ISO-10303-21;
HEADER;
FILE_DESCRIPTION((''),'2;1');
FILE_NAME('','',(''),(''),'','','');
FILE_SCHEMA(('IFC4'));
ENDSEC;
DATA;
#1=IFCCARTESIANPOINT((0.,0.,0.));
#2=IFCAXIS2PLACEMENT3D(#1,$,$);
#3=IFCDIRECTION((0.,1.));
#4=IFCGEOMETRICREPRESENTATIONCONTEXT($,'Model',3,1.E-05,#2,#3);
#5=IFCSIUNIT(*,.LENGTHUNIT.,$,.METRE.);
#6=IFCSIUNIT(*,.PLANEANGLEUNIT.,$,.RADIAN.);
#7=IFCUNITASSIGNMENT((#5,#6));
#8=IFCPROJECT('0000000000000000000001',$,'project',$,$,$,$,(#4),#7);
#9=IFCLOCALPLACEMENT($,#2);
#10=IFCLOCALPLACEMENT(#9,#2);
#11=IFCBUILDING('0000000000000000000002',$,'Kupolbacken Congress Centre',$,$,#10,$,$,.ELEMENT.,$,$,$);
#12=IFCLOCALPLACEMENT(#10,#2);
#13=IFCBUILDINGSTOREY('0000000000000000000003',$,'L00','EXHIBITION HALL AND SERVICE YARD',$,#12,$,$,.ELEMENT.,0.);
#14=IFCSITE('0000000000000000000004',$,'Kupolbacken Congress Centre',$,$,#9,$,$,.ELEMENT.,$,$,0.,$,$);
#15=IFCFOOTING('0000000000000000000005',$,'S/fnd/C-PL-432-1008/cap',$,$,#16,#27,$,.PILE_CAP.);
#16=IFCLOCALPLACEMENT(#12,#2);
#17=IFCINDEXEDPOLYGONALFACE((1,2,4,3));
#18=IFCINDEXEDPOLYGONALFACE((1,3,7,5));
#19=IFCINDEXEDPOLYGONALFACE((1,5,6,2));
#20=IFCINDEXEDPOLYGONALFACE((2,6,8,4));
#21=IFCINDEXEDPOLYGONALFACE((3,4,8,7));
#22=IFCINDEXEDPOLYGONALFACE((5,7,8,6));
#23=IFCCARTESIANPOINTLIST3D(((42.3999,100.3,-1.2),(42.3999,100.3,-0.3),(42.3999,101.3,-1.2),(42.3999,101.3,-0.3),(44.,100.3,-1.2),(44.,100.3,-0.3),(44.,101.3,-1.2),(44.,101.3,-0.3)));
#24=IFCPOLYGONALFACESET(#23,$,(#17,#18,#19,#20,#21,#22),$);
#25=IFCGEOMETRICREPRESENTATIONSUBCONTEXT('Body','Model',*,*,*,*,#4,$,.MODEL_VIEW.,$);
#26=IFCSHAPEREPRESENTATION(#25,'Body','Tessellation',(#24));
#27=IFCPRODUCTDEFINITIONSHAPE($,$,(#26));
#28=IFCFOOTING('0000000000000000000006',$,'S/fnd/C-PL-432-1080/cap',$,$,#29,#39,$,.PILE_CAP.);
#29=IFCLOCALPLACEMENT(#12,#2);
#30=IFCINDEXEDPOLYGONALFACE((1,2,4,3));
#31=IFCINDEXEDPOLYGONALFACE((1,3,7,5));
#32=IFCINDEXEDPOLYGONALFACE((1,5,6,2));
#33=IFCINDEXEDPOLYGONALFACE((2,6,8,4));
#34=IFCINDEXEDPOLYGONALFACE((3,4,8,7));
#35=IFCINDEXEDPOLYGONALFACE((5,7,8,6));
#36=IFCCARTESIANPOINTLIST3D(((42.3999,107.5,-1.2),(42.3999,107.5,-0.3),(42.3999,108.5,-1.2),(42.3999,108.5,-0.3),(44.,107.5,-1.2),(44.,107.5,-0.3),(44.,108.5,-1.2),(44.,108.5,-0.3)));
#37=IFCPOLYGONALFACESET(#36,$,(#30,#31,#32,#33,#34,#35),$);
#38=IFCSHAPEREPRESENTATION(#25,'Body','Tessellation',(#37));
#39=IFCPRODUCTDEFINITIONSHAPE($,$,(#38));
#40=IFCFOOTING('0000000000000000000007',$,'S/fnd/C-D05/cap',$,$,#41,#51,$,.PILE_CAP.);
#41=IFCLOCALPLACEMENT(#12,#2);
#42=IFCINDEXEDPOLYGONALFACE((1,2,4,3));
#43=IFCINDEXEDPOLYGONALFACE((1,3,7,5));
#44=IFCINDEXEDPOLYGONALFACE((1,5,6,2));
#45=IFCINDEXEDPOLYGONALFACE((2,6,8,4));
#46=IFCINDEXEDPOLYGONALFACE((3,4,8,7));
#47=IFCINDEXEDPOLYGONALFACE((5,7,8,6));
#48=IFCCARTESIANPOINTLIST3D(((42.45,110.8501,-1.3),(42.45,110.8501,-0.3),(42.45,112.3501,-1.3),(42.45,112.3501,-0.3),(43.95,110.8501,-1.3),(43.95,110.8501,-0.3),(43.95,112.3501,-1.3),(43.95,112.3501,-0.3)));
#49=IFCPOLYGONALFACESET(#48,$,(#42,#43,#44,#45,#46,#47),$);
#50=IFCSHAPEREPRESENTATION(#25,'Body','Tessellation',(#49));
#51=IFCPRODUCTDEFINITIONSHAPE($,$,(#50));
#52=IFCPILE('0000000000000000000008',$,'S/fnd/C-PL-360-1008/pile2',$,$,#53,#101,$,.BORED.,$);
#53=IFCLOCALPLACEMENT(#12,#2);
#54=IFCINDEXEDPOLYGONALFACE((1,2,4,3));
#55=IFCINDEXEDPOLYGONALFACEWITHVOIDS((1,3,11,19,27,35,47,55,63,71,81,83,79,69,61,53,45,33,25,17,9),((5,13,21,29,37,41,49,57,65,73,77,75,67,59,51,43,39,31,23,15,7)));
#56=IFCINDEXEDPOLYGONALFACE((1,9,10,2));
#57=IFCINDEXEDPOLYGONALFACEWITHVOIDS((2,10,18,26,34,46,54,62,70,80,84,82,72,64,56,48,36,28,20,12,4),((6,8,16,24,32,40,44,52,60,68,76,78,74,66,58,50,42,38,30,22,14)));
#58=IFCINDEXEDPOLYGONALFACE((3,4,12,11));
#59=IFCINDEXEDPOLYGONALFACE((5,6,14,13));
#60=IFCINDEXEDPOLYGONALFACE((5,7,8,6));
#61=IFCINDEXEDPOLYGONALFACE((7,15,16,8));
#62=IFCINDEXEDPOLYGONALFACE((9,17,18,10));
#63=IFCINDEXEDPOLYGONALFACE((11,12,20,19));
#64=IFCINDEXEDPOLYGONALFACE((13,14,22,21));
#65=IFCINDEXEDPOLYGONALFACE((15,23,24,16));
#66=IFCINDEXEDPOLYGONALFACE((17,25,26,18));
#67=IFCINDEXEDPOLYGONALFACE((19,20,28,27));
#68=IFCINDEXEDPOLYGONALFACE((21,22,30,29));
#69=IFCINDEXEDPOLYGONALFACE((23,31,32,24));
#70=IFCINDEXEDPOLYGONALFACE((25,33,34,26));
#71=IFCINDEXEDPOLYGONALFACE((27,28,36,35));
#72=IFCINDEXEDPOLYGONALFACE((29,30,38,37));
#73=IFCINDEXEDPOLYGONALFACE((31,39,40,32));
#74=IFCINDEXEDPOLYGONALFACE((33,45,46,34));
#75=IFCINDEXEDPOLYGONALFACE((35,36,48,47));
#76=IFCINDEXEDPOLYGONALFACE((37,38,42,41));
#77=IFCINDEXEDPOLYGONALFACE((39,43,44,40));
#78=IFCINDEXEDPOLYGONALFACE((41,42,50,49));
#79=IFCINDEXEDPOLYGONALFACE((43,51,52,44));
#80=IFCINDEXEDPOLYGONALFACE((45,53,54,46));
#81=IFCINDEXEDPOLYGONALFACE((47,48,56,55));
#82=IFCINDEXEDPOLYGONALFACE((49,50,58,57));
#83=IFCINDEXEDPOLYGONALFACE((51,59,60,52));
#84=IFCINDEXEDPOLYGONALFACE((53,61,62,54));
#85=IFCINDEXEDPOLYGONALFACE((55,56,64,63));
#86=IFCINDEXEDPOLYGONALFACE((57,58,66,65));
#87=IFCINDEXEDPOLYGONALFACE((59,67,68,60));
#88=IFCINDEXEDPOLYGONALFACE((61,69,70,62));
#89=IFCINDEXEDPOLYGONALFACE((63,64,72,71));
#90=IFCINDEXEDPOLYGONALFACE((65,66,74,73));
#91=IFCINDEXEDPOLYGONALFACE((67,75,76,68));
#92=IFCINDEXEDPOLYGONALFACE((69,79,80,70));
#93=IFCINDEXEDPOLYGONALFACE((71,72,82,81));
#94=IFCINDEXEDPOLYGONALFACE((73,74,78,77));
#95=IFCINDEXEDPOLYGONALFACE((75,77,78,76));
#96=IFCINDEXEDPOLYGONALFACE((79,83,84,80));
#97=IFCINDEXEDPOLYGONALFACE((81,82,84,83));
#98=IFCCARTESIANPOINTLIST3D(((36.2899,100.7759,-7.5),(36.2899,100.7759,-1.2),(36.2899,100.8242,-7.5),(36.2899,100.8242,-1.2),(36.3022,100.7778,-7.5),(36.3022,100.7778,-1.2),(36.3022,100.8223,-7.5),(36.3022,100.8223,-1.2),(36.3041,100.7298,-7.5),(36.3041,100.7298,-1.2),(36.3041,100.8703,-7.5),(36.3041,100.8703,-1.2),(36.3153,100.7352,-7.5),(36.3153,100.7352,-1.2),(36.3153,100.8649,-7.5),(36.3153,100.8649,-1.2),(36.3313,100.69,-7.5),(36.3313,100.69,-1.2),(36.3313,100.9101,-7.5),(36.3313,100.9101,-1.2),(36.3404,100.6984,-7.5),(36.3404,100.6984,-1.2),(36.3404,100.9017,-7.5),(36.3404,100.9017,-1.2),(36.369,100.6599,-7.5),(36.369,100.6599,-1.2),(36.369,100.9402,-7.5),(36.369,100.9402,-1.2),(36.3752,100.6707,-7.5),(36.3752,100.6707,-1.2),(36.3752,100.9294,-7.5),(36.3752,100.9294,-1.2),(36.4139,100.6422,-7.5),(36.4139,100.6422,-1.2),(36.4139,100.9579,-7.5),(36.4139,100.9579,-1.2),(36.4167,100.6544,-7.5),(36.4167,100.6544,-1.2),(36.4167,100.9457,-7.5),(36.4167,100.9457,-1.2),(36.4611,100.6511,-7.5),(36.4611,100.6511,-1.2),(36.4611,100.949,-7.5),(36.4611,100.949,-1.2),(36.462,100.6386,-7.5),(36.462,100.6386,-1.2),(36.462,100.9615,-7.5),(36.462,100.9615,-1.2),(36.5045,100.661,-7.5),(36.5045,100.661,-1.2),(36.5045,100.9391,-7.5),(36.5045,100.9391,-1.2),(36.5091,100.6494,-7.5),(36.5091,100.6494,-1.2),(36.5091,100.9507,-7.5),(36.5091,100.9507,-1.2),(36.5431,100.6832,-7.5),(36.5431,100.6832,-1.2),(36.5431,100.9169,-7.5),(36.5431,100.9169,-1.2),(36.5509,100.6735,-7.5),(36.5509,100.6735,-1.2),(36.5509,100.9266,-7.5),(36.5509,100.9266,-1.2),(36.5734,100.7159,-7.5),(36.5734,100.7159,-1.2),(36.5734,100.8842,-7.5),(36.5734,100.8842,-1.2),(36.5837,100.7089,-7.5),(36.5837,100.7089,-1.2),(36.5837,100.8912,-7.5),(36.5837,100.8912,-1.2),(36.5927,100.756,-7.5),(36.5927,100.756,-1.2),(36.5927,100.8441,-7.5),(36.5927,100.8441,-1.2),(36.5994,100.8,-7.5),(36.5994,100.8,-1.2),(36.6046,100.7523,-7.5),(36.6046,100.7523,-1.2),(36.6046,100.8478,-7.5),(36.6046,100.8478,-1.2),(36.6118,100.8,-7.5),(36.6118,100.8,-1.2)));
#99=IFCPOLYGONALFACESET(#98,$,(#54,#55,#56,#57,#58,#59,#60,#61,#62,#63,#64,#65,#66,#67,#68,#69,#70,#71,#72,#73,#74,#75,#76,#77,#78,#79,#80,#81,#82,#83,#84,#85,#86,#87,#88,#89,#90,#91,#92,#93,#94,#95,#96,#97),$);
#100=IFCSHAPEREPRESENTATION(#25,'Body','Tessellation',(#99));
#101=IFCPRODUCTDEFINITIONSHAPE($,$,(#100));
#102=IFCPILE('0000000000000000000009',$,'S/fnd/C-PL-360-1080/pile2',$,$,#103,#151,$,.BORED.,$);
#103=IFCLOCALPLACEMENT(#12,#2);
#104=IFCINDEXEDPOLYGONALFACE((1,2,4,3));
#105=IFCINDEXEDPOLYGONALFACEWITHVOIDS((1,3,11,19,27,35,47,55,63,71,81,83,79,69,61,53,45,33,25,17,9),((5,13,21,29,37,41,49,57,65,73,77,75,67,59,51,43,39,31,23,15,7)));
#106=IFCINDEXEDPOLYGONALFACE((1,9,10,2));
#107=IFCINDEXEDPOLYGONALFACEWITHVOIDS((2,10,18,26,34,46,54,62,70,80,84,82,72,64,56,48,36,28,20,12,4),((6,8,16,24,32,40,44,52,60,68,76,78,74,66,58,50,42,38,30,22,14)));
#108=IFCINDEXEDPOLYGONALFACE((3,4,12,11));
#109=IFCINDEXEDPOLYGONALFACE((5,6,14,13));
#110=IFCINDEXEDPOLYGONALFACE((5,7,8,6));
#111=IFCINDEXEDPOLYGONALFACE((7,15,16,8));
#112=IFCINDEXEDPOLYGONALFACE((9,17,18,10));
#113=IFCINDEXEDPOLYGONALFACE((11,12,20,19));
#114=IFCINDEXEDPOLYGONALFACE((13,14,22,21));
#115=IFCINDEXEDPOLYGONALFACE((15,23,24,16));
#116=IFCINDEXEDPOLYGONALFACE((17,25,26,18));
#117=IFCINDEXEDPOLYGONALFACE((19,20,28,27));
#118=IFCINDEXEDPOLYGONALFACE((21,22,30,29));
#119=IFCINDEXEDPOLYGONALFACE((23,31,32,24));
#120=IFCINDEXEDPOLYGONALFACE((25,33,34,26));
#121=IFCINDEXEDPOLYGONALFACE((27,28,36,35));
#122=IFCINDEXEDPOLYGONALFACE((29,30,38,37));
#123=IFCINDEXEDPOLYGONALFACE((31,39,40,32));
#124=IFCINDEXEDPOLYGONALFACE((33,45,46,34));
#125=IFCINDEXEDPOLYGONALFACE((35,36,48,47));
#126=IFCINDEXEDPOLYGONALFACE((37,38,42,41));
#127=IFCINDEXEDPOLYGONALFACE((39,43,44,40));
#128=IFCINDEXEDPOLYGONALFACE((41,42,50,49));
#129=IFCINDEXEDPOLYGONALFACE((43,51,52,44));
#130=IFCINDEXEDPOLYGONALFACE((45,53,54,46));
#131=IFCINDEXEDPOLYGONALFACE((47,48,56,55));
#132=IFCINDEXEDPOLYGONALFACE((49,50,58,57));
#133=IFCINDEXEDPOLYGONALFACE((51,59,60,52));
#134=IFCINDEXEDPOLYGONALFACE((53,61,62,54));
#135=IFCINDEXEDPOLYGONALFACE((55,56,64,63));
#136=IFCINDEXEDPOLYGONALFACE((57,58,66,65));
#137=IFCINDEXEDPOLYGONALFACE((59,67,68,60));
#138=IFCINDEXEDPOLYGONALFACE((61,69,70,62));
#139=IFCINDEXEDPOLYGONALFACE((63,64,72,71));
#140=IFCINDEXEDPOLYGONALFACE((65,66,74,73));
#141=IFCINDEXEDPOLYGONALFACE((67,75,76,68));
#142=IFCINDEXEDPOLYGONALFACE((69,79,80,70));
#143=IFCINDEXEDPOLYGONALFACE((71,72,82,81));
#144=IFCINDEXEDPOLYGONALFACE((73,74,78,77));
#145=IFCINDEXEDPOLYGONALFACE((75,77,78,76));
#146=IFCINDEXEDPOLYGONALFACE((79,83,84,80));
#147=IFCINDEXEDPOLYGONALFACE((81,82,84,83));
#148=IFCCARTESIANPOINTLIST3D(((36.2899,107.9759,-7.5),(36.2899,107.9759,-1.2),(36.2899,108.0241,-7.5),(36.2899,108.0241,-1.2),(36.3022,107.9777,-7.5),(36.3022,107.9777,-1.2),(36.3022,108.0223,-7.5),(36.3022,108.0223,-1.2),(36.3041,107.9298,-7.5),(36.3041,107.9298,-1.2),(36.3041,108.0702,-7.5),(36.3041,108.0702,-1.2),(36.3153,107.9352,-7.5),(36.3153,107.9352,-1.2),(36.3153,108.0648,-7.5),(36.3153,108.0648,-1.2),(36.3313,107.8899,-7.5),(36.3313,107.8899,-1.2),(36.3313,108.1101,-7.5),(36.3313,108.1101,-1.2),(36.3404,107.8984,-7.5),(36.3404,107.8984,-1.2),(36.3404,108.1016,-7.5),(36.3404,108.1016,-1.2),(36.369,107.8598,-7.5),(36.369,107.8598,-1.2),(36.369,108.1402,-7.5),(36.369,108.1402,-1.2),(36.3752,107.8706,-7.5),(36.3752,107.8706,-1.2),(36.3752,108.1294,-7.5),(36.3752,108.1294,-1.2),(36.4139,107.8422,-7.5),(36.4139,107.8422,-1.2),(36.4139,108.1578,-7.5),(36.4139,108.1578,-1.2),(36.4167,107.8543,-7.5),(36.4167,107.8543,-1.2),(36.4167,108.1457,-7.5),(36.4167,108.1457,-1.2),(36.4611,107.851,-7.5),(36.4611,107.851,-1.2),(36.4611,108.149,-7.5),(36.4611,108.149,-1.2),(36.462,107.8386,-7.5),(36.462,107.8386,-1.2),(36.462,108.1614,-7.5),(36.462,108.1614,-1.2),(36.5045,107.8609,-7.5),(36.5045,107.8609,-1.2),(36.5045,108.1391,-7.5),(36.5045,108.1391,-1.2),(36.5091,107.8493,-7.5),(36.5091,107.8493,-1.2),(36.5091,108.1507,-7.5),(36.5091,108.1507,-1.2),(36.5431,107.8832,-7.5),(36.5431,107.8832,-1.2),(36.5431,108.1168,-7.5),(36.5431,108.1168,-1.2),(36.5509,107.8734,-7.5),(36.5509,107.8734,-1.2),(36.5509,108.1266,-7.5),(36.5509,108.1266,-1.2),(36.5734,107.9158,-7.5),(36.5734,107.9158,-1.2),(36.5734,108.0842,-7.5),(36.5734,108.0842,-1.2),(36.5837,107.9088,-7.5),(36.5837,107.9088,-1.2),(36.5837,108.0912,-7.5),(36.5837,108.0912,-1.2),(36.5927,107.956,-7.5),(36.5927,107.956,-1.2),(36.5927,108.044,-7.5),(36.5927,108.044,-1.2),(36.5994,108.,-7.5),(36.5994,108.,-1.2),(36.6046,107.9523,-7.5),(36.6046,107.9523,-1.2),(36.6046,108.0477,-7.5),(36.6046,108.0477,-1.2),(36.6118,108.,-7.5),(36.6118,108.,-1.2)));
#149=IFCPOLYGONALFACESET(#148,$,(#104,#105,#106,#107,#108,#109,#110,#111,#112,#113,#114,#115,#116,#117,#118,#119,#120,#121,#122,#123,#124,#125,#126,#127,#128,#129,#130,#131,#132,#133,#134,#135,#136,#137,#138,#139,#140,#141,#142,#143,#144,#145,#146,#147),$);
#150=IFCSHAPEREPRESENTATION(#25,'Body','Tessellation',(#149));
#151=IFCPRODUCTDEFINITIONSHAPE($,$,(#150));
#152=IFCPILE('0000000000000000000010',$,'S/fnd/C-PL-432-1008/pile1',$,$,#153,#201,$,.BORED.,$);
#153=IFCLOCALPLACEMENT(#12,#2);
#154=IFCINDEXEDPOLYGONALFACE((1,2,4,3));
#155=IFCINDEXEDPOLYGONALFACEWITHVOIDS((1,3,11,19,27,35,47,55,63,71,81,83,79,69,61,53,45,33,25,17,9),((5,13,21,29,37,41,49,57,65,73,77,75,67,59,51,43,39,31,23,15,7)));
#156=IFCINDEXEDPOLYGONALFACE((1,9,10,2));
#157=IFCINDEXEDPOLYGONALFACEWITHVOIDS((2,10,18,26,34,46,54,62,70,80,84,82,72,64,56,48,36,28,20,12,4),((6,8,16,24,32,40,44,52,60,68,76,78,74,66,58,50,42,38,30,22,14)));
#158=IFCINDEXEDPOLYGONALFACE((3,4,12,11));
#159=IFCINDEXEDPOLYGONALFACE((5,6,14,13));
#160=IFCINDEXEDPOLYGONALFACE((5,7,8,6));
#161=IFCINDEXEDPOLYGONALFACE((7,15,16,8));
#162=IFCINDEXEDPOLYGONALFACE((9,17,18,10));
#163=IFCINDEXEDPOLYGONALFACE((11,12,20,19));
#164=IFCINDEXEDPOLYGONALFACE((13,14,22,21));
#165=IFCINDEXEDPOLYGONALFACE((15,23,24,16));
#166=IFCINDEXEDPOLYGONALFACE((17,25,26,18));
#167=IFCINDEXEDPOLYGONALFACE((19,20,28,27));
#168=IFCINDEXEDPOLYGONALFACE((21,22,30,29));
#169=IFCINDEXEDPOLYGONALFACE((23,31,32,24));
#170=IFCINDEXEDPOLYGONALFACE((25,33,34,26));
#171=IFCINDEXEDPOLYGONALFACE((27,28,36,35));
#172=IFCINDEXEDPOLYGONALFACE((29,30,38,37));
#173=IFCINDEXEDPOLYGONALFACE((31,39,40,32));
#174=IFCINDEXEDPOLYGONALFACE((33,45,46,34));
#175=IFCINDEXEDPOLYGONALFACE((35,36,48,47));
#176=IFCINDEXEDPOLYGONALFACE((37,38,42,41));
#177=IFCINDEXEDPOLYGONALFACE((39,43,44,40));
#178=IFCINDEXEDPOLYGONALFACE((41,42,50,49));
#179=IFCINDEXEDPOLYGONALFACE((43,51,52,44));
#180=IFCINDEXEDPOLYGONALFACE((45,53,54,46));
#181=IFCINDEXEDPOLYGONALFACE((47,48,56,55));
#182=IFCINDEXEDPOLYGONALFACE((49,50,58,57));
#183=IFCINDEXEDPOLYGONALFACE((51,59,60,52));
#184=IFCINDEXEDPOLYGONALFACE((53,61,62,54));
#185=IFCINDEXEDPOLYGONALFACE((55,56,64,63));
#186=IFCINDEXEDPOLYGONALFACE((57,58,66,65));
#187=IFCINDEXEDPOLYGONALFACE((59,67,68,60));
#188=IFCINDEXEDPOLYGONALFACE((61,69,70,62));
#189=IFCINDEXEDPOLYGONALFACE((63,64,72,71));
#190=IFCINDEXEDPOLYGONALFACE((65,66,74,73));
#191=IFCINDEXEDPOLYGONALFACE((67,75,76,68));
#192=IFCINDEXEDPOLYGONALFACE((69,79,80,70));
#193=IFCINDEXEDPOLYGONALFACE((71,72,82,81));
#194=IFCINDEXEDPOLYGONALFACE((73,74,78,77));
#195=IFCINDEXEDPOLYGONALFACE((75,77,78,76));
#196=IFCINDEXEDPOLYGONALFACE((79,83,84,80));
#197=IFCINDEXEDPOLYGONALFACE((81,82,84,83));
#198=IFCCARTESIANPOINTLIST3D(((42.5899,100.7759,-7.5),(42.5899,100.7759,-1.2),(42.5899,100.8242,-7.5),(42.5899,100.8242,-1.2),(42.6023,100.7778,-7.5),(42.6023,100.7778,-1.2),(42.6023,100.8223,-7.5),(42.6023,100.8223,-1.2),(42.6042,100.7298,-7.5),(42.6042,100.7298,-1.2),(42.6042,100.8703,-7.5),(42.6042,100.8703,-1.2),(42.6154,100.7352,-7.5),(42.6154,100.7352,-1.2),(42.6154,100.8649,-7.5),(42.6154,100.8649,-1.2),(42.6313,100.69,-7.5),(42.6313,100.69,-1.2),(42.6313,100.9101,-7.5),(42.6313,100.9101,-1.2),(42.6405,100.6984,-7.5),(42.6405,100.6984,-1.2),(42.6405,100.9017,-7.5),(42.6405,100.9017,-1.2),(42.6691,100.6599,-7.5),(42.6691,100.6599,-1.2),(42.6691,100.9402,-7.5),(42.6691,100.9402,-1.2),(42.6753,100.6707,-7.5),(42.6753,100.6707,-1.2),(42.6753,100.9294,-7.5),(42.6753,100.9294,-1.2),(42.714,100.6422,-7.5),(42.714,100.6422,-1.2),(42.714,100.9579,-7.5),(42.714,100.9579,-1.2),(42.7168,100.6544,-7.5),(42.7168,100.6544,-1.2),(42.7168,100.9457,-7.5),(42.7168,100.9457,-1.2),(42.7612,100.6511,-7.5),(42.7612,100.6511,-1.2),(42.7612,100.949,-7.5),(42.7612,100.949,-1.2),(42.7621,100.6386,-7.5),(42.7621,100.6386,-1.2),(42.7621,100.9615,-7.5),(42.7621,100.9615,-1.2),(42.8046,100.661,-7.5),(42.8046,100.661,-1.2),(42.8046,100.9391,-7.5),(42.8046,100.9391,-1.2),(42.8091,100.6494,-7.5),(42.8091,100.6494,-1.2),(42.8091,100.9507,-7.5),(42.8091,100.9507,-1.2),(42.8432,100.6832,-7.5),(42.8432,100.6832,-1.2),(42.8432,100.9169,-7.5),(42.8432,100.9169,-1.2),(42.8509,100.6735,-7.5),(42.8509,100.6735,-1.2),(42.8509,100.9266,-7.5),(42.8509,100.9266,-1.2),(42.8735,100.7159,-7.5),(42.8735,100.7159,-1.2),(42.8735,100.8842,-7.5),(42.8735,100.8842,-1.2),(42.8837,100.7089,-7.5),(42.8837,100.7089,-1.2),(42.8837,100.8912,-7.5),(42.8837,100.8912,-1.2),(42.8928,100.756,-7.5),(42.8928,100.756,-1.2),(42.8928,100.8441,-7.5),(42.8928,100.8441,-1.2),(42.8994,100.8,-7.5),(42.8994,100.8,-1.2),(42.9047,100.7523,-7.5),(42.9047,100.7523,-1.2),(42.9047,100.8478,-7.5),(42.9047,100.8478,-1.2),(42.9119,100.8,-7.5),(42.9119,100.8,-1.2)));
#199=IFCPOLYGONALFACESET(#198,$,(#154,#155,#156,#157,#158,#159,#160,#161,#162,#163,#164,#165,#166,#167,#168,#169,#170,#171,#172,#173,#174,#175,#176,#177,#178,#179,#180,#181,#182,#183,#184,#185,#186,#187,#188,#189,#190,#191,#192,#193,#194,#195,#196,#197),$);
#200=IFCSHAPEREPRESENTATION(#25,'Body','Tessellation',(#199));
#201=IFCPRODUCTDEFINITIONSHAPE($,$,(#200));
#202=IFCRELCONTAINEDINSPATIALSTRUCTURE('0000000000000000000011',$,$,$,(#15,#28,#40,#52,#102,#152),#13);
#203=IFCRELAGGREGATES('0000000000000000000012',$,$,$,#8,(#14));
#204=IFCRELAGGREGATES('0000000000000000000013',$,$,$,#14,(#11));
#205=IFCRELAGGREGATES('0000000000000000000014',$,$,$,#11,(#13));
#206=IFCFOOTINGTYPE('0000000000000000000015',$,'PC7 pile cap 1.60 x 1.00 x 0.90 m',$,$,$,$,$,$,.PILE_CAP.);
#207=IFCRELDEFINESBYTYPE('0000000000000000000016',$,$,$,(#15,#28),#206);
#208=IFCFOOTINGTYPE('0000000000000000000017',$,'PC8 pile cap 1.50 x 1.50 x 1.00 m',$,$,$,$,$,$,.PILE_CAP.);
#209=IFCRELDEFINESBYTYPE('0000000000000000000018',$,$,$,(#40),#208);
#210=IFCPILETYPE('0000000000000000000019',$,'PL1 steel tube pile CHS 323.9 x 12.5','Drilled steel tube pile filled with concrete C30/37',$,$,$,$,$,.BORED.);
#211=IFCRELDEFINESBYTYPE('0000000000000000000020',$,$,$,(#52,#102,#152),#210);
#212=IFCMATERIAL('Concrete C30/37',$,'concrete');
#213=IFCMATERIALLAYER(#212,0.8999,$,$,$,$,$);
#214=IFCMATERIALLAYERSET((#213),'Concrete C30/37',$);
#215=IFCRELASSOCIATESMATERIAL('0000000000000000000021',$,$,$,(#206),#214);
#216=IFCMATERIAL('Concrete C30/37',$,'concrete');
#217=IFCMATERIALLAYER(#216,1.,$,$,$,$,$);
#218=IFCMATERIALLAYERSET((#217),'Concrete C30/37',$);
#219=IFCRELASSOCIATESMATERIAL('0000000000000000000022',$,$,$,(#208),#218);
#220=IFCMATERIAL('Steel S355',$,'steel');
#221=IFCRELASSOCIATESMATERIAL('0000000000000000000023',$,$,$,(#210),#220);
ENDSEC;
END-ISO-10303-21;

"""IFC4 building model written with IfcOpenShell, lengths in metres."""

from ifc_helpers import new_model, si_unit, direction, frame, origin, origin_2d, place, context, subcontext, project, spatial, rectangle, hollow_circle, extrude, material, layer, layer_set, material_profile, profile_set, type_object, element, save


model = new_model("IFC4")

# Units and contexts
model_context = context("Model", 3, precision=1e-05, world=origin(), true_north=direction((0.0, 1.0)))
body_context = subcontext(model_context, "Body", "Model", "MODEL_VIEW")
ifc_project = project(units=[si_unit("LENGTHUNIT", "METRE"), si_unit("PLANEANGLEUNIT", "RADIAN")], contexts=[model_context])

# Site, building, storey
site_placement = place(None, origin())
site = spatial("IfcSite", under=ifc_project, at=site_placement, Name="Kupolbacken Congress Centre", CompositionType="ELEMENT", RefElevation=0.0)
building_placement = place(site_placement, origin())
building = spatial("IfcBuilding", under=site, at=building_placement, Name="Kupolbacken Congress Centre", CompositionType="ELEMENT")
storey_placement = place(building_placement, origin())
storey = spatial("IfcBuildingStorey", under=building, at=storey_placement, Name="L00", Description="EXHIBITION HALL AND SERVICE YARD", CompositionType="ELEMENT", Elevation=0.0)

# Footings
ifc_material_1 = material(Name="Concrete C30/37", Category="concrete")
ifc_layer_1 = layer(ifc_material_1, 0.8999)
ifc_layer_set_1 = layer_set([ifc_layer_1], Name="Concrete C30/37")
footing_type_1 = type_object("IfcFootingType", Name="PC7 pile cap 1.60 x 1.00 x 0.90 m", PredefinedType="PILE_CAP", material=ifc_layer_set_1)
for number, where, z_axis, x_axis, name in (
    (1, (43.2, 100.8, -1.2), (0.0, 0.0, 1.0), (1.0, 0.0, 0.0), "S/fnd/C-PL-432-1008/cap"),
    (2, (43.2, 108.0, -1.2), (0.0, 0.0, 1.0), (1.0, 0.0, 0.0), "S/fnd/C-PL-432-1080/cap"),
):
    element("IfcFooting", number, at=place(storey_placement, frame(where, z_axis=z_axis, x_axis=x_axis)), inside=storey, type_object=footing_type_1, Name=name, PredefinedType="PILE_CAP", context=body_context, shape_type="SweptSolid", body=[
        extrude(rectangle(XDim=1.6001, YDim=1.0, at=origin_2d()), origin(), (0.0, 0.0, 1.0), 0.8999),
    ])
ifc_material_2 = material(Name="Concrete C30/37", Category="concrete")
ifc_layer_2 = layer(ifc_material_2, 1.0)
ifc_layer_set_2 = layer_set([ifc_layer_2], Name="Concrete C30/37")
footing_type_2 = type_object("IfcFootingType", Name="PC8 pile cap 1.50 x 1.50 x 1.00 m", PredefinedType="PILE_CAP", material=ifc_layer_set_2)
footing_placement = place(storey_placement, frame((43.2, 111.6001, -1.3), z_axis=(0.0, 0.0, 1.0), x_axis=(1.0, 0.0, 0.0)))
element("IfcFooting", 3, at=footing_placement, inside=storey, type_object=footing_type_2, Name="S/fnd/C-D05/cap", PredefinedType="PILE_CAP", context=body_context, shape_type="SweptSolid", body=[
    extrude(rectangle(XDim=1.5, YDim=1.5, at=origin_2d()), origin(), (0.0, 0.0, 1.0), 1.0),
])

# Piles
ifc_material_3 = material(Name="Steel S355", Category="steel")
ifc_material_profile_1 = material_profile(ifc_material_3, hollow_circle(Radius=0.1619, WallThickness=0.0125, at=origin_2d()), Name="CHS 323.9 x 12.5")
ifc_profile_set_1 = profile_set([ifc_material_profile_1], Name="Steel S355")
pile_type_1 = type_object("IfcPileType", Name="PL1 steel tube pile CHS 323.9 x 12.5", Description="Drilled steel tube pile filled with concrete C30/37", PredefinedType="BORED", material=ifc_profile_set_1)
for number, where, z_axis, x_axis, name in (
    (4, (36.45, 100.8, -1.2), (0.0, 0.0, -1.0), (1.0, 0.0, 0.0), "S/fnd/C-PL-360-1008/pile2"),
    (5, (36.45, 108.0, -1.2), (0.0, 0.0, -1.0), (1.0, 0.0, 0.0), "S/fnd/C-PL-360-1080/pile2"),
    (6, (42.75, 100.8, -1.2), (0.0, 0.0, -1.0), (1.0, 0.0, 0.0), "S/fnd/C-PL-432-1008/pile1"),
):
    element("IfcPile", number, at=place(storey_placement, frame(where, z_axis=z_axis, x_axis=x_axis)), inside=storey, type_object=pile_type_1, Name=name, PredefinedType="BORED", context=body_context, shape_type="SweptSolid", body=[
        extrude(hollow_circle(Radius=0.1619, WallThickness=0.0125, at=origin_2d()), origin(), (0.0, 0.0, 1.0), 6.3),
    ])

save(model, "model.ifc")
